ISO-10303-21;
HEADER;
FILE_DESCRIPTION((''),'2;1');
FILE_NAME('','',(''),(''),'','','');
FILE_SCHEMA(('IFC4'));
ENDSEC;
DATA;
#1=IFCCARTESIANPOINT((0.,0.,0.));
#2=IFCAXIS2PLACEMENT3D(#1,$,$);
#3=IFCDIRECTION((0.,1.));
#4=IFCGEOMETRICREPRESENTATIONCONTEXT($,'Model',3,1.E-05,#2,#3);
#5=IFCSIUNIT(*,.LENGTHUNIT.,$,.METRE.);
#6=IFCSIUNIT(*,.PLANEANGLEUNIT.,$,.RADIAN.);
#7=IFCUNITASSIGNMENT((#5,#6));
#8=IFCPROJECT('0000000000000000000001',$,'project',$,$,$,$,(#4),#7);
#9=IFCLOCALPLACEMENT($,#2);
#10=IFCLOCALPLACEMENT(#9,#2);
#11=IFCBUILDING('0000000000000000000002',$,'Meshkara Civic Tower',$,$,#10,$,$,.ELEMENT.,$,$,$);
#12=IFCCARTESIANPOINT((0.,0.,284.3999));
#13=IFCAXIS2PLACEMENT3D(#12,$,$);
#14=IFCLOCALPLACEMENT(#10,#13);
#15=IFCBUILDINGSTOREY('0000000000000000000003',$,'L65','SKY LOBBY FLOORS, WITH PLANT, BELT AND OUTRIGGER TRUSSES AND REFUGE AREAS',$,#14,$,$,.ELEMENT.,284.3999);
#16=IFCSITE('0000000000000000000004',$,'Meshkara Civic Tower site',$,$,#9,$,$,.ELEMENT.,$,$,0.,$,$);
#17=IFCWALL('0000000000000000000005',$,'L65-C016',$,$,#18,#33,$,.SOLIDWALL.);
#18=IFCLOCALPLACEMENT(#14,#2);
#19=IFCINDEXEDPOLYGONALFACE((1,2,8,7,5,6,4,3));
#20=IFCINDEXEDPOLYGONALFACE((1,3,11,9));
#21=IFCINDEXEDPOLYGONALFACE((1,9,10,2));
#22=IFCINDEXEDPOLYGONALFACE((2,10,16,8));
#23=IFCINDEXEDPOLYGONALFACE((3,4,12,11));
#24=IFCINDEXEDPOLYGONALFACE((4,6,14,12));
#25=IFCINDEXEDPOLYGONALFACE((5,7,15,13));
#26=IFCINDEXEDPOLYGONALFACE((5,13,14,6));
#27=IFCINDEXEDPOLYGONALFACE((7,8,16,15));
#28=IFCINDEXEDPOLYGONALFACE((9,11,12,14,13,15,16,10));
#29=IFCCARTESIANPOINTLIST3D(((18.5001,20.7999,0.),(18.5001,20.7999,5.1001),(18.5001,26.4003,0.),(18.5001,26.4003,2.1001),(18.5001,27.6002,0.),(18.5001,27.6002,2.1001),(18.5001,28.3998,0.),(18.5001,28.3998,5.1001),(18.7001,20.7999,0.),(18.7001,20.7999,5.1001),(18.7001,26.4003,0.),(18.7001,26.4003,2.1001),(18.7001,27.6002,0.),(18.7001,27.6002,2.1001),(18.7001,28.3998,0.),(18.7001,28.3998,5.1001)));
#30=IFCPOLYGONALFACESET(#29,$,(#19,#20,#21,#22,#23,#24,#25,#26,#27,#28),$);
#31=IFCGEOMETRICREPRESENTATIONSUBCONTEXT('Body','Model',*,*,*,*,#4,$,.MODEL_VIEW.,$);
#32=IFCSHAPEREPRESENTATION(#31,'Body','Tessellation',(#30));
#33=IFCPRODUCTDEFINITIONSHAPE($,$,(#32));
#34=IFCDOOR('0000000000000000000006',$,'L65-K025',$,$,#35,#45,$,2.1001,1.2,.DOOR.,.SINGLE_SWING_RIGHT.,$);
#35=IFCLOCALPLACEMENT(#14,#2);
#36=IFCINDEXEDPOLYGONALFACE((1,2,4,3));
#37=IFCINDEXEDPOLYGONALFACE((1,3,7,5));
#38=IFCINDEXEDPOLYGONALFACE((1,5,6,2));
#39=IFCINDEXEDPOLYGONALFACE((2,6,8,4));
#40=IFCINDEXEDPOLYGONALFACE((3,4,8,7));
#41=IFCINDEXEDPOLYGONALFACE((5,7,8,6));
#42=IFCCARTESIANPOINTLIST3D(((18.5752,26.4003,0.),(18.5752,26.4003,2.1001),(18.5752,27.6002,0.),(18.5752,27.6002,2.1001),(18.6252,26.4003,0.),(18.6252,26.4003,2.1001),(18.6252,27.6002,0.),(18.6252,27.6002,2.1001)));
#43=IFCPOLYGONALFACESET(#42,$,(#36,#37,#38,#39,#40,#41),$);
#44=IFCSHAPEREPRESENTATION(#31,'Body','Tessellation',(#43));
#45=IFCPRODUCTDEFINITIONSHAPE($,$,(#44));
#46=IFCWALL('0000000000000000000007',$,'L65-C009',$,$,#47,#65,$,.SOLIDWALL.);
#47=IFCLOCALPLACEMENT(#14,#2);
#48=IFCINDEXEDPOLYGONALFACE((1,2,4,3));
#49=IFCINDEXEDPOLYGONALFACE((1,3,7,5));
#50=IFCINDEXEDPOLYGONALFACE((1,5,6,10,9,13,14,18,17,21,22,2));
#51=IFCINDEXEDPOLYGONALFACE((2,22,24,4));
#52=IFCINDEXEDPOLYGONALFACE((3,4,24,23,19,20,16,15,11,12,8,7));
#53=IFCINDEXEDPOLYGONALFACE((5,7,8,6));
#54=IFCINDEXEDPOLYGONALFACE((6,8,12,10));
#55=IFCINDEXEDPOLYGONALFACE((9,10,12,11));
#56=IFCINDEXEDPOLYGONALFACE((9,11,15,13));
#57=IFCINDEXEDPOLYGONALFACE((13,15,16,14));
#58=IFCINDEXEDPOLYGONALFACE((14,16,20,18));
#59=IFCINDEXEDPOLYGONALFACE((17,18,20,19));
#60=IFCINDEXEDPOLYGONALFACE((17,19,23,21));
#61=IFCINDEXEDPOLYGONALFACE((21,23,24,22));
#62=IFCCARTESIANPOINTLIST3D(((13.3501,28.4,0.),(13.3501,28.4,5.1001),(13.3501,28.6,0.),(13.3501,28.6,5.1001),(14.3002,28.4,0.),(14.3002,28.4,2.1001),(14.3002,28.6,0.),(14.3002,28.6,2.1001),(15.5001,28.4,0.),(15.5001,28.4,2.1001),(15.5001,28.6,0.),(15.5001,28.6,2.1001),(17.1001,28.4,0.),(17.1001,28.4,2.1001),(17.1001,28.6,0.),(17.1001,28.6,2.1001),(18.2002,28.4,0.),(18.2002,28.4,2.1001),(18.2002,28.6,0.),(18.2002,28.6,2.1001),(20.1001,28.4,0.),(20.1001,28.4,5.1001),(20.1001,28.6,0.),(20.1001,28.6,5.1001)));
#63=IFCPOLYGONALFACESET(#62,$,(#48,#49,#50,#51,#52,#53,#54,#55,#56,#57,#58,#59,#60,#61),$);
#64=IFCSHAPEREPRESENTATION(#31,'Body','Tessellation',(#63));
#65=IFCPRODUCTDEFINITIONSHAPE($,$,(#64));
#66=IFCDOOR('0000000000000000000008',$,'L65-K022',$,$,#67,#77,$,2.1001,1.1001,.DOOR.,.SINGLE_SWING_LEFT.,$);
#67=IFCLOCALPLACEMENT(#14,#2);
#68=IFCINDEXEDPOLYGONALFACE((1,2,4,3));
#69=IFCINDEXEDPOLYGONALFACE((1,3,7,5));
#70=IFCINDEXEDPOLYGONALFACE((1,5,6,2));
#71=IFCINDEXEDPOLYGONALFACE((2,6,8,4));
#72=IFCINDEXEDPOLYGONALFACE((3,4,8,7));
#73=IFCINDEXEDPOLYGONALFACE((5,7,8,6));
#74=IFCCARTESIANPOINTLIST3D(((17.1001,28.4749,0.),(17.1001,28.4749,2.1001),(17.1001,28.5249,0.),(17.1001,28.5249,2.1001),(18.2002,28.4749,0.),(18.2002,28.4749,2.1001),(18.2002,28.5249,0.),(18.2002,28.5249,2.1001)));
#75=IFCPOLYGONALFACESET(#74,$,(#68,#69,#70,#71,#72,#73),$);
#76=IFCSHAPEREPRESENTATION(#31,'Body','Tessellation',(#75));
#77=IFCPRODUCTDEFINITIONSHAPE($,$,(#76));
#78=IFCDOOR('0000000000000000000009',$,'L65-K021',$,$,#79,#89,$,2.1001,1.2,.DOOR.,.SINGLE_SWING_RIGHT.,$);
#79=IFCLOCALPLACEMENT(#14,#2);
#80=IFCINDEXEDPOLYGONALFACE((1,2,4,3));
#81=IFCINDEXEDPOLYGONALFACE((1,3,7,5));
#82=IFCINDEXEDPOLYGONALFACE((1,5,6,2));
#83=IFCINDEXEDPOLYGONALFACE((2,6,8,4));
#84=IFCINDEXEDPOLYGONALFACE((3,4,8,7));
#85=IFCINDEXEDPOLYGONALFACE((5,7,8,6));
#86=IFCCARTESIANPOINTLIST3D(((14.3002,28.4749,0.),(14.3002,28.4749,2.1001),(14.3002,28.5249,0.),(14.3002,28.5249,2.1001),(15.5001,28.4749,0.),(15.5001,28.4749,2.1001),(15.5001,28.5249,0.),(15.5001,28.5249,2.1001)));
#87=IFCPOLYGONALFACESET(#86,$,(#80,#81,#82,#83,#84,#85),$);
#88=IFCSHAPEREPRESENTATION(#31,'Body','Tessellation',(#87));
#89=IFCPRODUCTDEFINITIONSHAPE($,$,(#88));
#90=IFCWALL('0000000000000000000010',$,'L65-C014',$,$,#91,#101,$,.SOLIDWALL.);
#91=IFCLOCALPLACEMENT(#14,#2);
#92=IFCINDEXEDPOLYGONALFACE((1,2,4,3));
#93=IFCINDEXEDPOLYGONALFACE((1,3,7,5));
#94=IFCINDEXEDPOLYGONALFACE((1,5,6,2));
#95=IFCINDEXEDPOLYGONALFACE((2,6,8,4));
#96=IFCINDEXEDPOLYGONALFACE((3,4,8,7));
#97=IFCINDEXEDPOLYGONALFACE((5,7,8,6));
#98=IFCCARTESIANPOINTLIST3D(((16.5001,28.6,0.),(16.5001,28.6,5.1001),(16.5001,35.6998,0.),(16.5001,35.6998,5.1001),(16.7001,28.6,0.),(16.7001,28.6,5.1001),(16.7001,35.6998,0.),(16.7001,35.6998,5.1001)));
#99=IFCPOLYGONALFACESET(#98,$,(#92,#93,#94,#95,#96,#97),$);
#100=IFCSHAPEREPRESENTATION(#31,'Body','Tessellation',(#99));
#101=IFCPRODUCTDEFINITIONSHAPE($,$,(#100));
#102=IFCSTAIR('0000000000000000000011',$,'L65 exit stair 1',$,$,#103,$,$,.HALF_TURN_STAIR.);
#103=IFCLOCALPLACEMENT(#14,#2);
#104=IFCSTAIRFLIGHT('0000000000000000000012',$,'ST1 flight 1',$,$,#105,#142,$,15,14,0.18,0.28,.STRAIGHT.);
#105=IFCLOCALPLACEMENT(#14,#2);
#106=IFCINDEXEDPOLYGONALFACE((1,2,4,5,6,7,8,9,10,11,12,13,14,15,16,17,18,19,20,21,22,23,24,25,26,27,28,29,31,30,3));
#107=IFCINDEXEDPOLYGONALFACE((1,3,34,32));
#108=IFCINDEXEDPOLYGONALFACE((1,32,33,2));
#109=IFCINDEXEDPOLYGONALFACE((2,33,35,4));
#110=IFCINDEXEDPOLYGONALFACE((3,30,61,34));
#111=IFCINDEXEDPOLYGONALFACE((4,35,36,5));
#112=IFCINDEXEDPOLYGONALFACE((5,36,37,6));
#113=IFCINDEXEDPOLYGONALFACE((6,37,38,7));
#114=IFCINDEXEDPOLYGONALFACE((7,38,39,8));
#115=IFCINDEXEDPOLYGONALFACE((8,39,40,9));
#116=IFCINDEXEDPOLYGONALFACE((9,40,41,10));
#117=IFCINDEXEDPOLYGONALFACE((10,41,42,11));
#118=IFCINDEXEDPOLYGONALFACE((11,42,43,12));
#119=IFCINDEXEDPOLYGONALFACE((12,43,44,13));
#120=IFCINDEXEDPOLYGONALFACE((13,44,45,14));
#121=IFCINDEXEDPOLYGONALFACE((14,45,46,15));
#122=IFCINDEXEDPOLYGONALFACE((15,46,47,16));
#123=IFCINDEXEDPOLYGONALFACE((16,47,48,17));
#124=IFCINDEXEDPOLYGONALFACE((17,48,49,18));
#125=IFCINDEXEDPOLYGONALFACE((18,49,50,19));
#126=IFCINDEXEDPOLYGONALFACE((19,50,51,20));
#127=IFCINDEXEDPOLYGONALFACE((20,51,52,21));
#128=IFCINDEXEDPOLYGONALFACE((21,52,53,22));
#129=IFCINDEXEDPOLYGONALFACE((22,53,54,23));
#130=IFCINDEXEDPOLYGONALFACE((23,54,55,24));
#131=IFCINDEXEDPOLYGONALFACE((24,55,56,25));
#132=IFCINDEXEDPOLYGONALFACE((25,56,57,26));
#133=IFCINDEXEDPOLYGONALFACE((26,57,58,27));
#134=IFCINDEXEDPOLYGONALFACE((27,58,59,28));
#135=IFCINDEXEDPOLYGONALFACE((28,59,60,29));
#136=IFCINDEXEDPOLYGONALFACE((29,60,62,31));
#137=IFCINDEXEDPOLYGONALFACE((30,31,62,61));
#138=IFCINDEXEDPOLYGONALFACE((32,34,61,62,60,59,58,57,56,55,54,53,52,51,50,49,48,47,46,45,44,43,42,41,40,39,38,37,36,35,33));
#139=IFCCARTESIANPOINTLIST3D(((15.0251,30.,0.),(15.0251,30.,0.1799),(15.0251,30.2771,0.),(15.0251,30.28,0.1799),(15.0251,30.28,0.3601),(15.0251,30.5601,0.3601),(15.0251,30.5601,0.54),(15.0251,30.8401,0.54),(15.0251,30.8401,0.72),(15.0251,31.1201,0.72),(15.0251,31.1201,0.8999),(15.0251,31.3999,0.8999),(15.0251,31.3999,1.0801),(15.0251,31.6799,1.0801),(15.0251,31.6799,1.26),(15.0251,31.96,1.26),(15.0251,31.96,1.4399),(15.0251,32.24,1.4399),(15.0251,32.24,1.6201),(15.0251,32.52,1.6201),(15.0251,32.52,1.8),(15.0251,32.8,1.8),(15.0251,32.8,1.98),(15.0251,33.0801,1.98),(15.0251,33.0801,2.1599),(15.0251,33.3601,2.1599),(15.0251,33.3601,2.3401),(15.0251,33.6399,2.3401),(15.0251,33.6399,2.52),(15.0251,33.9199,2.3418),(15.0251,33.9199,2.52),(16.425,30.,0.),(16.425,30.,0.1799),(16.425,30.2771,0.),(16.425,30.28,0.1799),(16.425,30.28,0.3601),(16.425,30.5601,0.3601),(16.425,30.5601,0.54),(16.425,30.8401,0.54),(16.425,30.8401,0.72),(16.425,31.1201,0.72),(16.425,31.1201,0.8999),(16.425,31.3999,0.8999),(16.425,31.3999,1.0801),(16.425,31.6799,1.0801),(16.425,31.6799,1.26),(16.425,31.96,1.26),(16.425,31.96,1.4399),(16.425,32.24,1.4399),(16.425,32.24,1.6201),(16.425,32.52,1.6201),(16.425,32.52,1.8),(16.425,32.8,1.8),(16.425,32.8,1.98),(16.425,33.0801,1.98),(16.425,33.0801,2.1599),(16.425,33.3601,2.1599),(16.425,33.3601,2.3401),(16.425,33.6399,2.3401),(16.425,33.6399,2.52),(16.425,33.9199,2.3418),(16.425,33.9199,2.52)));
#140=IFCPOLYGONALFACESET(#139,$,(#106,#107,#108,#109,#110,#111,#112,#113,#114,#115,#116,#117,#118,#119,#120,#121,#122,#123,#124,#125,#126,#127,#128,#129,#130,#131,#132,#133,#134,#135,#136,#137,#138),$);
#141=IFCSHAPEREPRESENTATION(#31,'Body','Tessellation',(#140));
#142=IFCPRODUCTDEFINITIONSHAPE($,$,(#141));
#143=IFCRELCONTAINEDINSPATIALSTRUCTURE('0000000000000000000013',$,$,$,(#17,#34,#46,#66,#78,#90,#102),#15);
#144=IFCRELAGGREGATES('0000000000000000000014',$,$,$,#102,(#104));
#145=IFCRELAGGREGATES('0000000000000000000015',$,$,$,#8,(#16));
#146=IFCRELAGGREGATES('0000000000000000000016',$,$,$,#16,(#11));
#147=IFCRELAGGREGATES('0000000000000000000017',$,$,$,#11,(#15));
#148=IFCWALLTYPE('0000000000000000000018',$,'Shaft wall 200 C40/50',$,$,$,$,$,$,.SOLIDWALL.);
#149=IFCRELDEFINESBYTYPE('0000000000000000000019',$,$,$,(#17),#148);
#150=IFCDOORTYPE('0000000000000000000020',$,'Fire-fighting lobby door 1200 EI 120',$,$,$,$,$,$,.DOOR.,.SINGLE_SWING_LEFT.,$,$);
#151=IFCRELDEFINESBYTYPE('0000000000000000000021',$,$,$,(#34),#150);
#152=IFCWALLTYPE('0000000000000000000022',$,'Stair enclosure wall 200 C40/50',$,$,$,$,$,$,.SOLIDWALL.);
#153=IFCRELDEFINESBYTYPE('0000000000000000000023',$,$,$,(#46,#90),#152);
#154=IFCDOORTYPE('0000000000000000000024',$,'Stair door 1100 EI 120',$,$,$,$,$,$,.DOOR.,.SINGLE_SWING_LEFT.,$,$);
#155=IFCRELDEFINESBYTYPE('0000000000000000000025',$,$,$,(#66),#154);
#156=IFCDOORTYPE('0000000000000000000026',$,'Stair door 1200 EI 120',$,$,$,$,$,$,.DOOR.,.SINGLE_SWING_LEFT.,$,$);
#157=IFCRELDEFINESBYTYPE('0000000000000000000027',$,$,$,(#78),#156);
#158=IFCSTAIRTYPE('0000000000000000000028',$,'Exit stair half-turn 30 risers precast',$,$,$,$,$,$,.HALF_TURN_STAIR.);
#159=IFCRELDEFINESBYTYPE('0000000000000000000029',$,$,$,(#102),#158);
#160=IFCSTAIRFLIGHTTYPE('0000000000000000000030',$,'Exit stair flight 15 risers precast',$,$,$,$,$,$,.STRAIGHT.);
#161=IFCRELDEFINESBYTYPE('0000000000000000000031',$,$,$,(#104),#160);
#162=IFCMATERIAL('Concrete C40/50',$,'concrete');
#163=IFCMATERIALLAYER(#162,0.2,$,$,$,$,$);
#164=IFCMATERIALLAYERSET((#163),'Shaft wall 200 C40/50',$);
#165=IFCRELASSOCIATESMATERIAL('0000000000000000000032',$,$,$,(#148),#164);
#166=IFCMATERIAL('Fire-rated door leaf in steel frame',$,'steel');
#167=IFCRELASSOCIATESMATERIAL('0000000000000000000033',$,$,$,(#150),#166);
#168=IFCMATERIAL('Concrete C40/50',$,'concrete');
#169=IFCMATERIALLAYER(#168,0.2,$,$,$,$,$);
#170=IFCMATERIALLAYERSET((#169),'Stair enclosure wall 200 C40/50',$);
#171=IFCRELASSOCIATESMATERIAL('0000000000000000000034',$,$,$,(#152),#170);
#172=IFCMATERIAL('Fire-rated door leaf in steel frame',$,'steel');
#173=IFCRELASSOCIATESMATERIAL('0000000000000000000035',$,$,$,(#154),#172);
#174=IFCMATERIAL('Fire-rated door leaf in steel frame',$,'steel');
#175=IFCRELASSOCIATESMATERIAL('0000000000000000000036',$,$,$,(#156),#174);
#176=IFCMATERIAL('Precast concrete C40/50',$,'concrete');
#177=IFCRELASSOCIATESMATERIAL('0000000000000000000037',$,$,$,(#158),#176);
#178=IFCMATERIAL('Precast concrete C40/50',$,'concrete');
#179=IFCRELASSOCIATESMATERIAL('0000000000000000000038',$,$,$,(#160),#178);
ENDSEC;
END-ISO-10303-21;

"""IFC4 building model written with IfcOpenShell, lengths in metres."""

from ifc_helpers import new_model, si_unit, direction, frame, frame_2d, origin, place, context, subcontext, project, spatial, polyline, rectangle, outline, extrude, material, layer, layer_set, type_object, element, fill, aggregate, save


model = new_model("IFC4")

# Units and contexts
model_context = context("Model", 3, precision=1e-05, world=origin(), true_north=direction((0.0, 1.0)))
body_context = subcontext(model_context, "Body", "Model", "MODEL_VIEW")
ifc_project = project(units=[si_unit("LENGTHUNIT", "METRE"), si_unit("PLANEANGLEUNIT", "RADIAN")], contexts=[model_context])

# Site, building, storey
site_placement = place(None, origin())
site = spatial("IfcSite", under=ifc_project, at=site_placement, Name="Meshkara Civic Tower site", CompositionType="ELEMENT", RefElevation=0.0)
building_placement = place(site_placement, origin())
building = spatial("IfcBuilding", under=site, at=building_placement, Name="Meshkara Civic Tower", CompositionType="ELEMENT")
storey_placement = place(building_placement, frame((0.0, 0.0, 284.3999)))
storey = spatial("IfcBuildingStorey", under=building, at=storey_placement, Name="L65", Description="SKY LOBBY FLOORS, WITH PLANT, BELT AND OUTRIGGER TRUSSES AND REFUGE AREAS", CompositionType="ELEMENT", Elevation=284.3999)

# Shared definitions
ifc_material_1 = material(Name="Concrete C40/50", Category="concrete")
ifc_layer_1 = layer(ifc_material_1, 0.2)
ifc_layer_set_1 = layer_set([ifc_layer_1], Name="Shaft wall 200 C40/50")
wall_type_1 = type_object("IfcWallType", Name="Shaft wall 200 C40/50", PredefinedType="SOLIDWALL", material=ifc_layer_set_1)

# Wall, opening, door
wall_1_placement = place(storey_placement, frame((18.6001, 20.8, 0.0), z_axis=(0.0, 0.0, 1.0), x_axis=(0.0, 1.0, 0.0)))
wall_1 = element("IfcWall", 1, at=wall_1_placement, inside=storey, type_object=wall_type_1, Name="L65-C016", PredefinedType="SOLIDWALL", context=body_context, shape_type="SweptSolid", body=[
    extrude(rectangle(XDim=7.5999, YDim=0.2, at=frame_2d((3.7998, 0.0))), origin(), (0.0, 0.0, 1.0), 5.1001),
])
opening_1_placement = place(wall_1_placement, frame((5.6001, 0.0, 0.0)))
opening_1 = element("IfcOpeningElement", 2, at=opening_1_placement, cuts=wall_1, PredefinedType="OPENING", context=body_context, shape_type="SweptSolid", body=[
    extrude(rectangle(XDim=1.2, YDim=2.1001, at=frame_2d((0.6001, 1.05))), frame((0.0, 0.1099, 0.0), z_axis=(0.0, -1.0, 0.0), x_axis=(1.0, 0.0, 0.0)), (0.0, 0.0, 1.0), 0.22),
])
ifc_material_2 = material(Name="Fire-rated door leaf in steel frame", Category="steel")
door_type_1 = type_object("IfcDoorType", Name="Fire-fighting lobby door 1200 EI 120", OperationType="SINGLE_SWING_LEFT", PredefinedType="DOOR", material=ifc_material_2)
door_1_placement = place(opening_1_placement, origin())
door_1 = element("IfcDoor", 3, at=door_1_placement, inside=storey, type_object=door_type_1, Name="L65-K025", OperationType="SINGLE_SWING_RIGHT", OverallHeight=2.1001, OverallWidth=1.2, PredefinedType="DOOR", context=body_context, shape_type="SweptSolid", body=[
    extrude(rectangle(XDim=1.2, YDim=2.1001, at=frame_2d((0.6001, 1.05))), frame((0.0, 0.0249, 0.0), z_axis=(0.0, -1.0, 0.0), x_axis=(1.0, 0.0, 0.0)), (0.0, 0.0, 1.0), 0.05),
])
fill(opening_1, door_1)

# Wall, openings, doors
ifc_material_3 = material(Name="Concrete C40/50", Category="concrete")
ifc_layer_2 = layer(ifc_material_3, 0.2)
ifc_layer_set_2 = layer_set([ifc_layer_2], Name="Stair enclosure wall 200 C40/50")
wall_type_2 = type_object("IfcWallType", Name="Stair enclosure wall 200 C40/50", PredefinedType="SOLIDWALL", material=ifc_layer_set_2)
wall_2_placement = place(storey_placement, frame((13.3501, 28.5, 0.0), z_axis=(0.0, 0.0, 1.0), x_axis=(1.0, 0.0, 0.0)))
wall_2 = element("IfcWall", 4, at=wall_2_placement, inside=storey, type_object=wall_type_2, Name="L65-C009", PredefinedType="SOLIDWALL", context=body_context, shape_type="SweptSolid", body=[
    extrude(rectangle(XDim=6.75, YDim=0.2, at=frame_2d((3.375, 0.0))), origin(), (0.0, 0.0, 1.0), 5.1001),
])
opening_2_placement = place(wall_2_placement, frame((0.95, 0.0, 0.0)))
opening_2 = element("IfcOpeningElement", 5, at=opening_2_placement, cuts=wall_2, PredefinedType="OPENING", context=body_context, shape_type="SweptSolid", body=[
    extrude(rectangle(XDim=1.2, YDim=2.1001, at=frame_2d((0.6001, 1.05))), frame((0.0, 0.1099, 0.0), z_axis=(0.0, -1.0, 0.0), x_axis=(1.0, 0.0, 0.0)), (0.0, 0.0, 1.0), 0.22),
])
opening_3_placement = place(wall_2_placement, frame((3.75, 0.0, 0.0)))
opening_3 = element("IfcOpeningElement", 6, at=opening_3_placement, cuts=wall_2, PredefinedType="OPENING", context=body_context, shape_type="SweptSolid", body=[
    extrude(rectangle(XDim=1.1001, YDim=2.1001, at=frame_2d((0.55, 1.05))), frame((0.0, 0.1099, 0.0), z_axis=(0.0, -1.0, 0.0), x_axis=(1.0, 0.0, 0.0)), (0.0, 0.0, 1.0), 0.22),
])
ifc_material_4 = material(Name="Fire-rated door leaf in steel frame", Category="steel")
door_type_2 = type_object("IfcDoorType", Name="Stair door 1100 EI 120", OperationType="SINGLE_SWING_LEFT", PredefinedType="DOOR", material=ifc_material_4)
door_2_placement = place(opening_3_placement, origin())
door_2 = element("IfcDoor", 7, at=door_2_placement, inside=storey, type_object=door_type_2, Name="L65-K022", OperationType="SINGLE_SWING_LEFT", OverallHeight=2.1001, OverallWidth=1.1001, PredefinedType="DOOR", context=body_context, shape_type="SweptSolid", body=[
    extrude(rectangle(XDim=1.1001, YDim=2.1001, at=frame_2d((0.55, 1.05))), frame((0.0, 0.0249, 0.0), z_axis=(0.0, -1.0, 0.0), x_axis=(1.0, 0.0, 0.0)), (0.0, 0.0, 1.0), 0.05),
])
fill(opening_3, door_2)
ifc_material_5 = material(Name="Fire-rated door leaf in steel frame", Category="steel")
door_type_3 = type_object("IfcDoorType", Name="Stair door 1200 EI 120", OperationType="SINGLE_SWING_LEFT", PredefinedType="DOOR", material=ifc_material_5)
door_3_placement = place(opening_2_placement, origin())
door_3 = element("IfcDoor", 8, at=door_3_placement, inside=storey, type_object=door_type_3, Name="L65-K021", OperationType="SINGLE_SWING_RIGHT", OverallHeight=2.1001, OverallWidth=1.2, PredefinedType="DOOR", context=body_context, shape_type="SweptSolid", body=[
    extrude(rectangle(XDim=1.2, YDim=2.1001, at=frame_2d((0.6001, 1.05))), frame((0.0, 0.0249, 0.0), z_axis=(0.0, -1.0, 0.0), x_axis=(1.0, 0.0, 0.0)), (0.0, 0.0, 1.0), 0.05),
])
fill(opening_2, door_3)

# Wall
wall_3_placement = place(storey_placement, frame((16.6001, 28.6001, 0.0), z_axis=(0.0, 0.0, 1.0), x_axis=(0.0, 1.0, 0.0)))
element("IfcWall", 9, at=wall_3_placement, inside=storey, type_object=wall_type_2, Name="L65-C014", PredefinedType="SOLIDWALL", context=body_context, shape_type="SweptSolid", body=[
    extrude(rectangle(XDim=7.0999, YDim=0.2, at=frame_2d((3.5498, 0.0))), origin(), (0.0, 0.0, 1.0), 5.1001),
])

# Stair, stair flight
ifc_material_6 = material(Name="Precast concrete C40/50", Category="concrete")
stair_type = type_object("IfcStairType", Name="Exit stair half-turn 30 risers precast", PredefinedType="HALF_TURN_STAIR", material=ifc_material_6)
stair_1_placement = place(storey_placement, origin())
stair_1 = element("IfcStair", 10, at=stair_1_placement, inside=storey, type_object=stair_type, Name="L65 exit stair 1", PredefinedType="HALF_TURN_STAIR")
ifc_material_7 = material(Name="Precast concrete C40/50", Category="concrete")
stair_flight_type = type_object("IfcStairFlightType", Name="Exit stair flight 15 risers precast", PredefinedType="STRAIGHT", material=ifc_material_7)
stair_flight_1_placement = place(storey_placement, frame((15.7251, 30.0, 0.0), z_axis=(0.0, 0.0, 1.0), x_axis=(0.0, 1.0, 0.0)))
stair_flight_1 = element("IfcStairFlight", 11, at=stair_flight_1_placement, type_object=stair_flight_type, Name="ST1 flight 1", NumberOfRisers=15, NumberOfTreads=14, PredefinedType="STRAIGHT", RiserHeight=0.18, TreadLength=0.28, context=body_context, shape_type="SweptSolid", body=[
    extrude(outline(polyline([(0.0, 0.0), (0.0, 0.1799), (0.28, 0.1799), (0.28, 0.3601), (0.5601, 0.3601), (0.5601, 0.54), (0.8401, 0.54), (0.8401, 0.72), (1.1201, 0.72), (1.1201, 0.8999), (1.3999, 0.8999), (1.3999, 1.0801), (1.6799, 1.0801), (1.6799, 1.26), (1.96, 1.26), (1.96, 1.4399), (2.24, 1.4399), (2.24, 1.6201), (2.52, 1.6201), (2.52, 1.8), (2.8, 1.8), (2.8, 1.98), (3.0801, 1.98), (3.0801, 2.1599), (3.3601, 2.1599), (3.3601, 2.3401), (3.6399, 2.3401), (3.6399, 2.52), (3.9199, 2.52), (3.9199, 2.7), (3.9199, 2.3418), (0.2771, 0.0), (0.0, 0.0)])), frame((0.0, 0.7, 0.0), z_axis=(0.0, -1.0, 0.0), x_axis=(1.0, 0.0, 0.0)), (0.0, 0.0, 1.0), 1.3999),
])
aggregate(stair_1, [stair_flight_1])

save(model, "model.ifc")
